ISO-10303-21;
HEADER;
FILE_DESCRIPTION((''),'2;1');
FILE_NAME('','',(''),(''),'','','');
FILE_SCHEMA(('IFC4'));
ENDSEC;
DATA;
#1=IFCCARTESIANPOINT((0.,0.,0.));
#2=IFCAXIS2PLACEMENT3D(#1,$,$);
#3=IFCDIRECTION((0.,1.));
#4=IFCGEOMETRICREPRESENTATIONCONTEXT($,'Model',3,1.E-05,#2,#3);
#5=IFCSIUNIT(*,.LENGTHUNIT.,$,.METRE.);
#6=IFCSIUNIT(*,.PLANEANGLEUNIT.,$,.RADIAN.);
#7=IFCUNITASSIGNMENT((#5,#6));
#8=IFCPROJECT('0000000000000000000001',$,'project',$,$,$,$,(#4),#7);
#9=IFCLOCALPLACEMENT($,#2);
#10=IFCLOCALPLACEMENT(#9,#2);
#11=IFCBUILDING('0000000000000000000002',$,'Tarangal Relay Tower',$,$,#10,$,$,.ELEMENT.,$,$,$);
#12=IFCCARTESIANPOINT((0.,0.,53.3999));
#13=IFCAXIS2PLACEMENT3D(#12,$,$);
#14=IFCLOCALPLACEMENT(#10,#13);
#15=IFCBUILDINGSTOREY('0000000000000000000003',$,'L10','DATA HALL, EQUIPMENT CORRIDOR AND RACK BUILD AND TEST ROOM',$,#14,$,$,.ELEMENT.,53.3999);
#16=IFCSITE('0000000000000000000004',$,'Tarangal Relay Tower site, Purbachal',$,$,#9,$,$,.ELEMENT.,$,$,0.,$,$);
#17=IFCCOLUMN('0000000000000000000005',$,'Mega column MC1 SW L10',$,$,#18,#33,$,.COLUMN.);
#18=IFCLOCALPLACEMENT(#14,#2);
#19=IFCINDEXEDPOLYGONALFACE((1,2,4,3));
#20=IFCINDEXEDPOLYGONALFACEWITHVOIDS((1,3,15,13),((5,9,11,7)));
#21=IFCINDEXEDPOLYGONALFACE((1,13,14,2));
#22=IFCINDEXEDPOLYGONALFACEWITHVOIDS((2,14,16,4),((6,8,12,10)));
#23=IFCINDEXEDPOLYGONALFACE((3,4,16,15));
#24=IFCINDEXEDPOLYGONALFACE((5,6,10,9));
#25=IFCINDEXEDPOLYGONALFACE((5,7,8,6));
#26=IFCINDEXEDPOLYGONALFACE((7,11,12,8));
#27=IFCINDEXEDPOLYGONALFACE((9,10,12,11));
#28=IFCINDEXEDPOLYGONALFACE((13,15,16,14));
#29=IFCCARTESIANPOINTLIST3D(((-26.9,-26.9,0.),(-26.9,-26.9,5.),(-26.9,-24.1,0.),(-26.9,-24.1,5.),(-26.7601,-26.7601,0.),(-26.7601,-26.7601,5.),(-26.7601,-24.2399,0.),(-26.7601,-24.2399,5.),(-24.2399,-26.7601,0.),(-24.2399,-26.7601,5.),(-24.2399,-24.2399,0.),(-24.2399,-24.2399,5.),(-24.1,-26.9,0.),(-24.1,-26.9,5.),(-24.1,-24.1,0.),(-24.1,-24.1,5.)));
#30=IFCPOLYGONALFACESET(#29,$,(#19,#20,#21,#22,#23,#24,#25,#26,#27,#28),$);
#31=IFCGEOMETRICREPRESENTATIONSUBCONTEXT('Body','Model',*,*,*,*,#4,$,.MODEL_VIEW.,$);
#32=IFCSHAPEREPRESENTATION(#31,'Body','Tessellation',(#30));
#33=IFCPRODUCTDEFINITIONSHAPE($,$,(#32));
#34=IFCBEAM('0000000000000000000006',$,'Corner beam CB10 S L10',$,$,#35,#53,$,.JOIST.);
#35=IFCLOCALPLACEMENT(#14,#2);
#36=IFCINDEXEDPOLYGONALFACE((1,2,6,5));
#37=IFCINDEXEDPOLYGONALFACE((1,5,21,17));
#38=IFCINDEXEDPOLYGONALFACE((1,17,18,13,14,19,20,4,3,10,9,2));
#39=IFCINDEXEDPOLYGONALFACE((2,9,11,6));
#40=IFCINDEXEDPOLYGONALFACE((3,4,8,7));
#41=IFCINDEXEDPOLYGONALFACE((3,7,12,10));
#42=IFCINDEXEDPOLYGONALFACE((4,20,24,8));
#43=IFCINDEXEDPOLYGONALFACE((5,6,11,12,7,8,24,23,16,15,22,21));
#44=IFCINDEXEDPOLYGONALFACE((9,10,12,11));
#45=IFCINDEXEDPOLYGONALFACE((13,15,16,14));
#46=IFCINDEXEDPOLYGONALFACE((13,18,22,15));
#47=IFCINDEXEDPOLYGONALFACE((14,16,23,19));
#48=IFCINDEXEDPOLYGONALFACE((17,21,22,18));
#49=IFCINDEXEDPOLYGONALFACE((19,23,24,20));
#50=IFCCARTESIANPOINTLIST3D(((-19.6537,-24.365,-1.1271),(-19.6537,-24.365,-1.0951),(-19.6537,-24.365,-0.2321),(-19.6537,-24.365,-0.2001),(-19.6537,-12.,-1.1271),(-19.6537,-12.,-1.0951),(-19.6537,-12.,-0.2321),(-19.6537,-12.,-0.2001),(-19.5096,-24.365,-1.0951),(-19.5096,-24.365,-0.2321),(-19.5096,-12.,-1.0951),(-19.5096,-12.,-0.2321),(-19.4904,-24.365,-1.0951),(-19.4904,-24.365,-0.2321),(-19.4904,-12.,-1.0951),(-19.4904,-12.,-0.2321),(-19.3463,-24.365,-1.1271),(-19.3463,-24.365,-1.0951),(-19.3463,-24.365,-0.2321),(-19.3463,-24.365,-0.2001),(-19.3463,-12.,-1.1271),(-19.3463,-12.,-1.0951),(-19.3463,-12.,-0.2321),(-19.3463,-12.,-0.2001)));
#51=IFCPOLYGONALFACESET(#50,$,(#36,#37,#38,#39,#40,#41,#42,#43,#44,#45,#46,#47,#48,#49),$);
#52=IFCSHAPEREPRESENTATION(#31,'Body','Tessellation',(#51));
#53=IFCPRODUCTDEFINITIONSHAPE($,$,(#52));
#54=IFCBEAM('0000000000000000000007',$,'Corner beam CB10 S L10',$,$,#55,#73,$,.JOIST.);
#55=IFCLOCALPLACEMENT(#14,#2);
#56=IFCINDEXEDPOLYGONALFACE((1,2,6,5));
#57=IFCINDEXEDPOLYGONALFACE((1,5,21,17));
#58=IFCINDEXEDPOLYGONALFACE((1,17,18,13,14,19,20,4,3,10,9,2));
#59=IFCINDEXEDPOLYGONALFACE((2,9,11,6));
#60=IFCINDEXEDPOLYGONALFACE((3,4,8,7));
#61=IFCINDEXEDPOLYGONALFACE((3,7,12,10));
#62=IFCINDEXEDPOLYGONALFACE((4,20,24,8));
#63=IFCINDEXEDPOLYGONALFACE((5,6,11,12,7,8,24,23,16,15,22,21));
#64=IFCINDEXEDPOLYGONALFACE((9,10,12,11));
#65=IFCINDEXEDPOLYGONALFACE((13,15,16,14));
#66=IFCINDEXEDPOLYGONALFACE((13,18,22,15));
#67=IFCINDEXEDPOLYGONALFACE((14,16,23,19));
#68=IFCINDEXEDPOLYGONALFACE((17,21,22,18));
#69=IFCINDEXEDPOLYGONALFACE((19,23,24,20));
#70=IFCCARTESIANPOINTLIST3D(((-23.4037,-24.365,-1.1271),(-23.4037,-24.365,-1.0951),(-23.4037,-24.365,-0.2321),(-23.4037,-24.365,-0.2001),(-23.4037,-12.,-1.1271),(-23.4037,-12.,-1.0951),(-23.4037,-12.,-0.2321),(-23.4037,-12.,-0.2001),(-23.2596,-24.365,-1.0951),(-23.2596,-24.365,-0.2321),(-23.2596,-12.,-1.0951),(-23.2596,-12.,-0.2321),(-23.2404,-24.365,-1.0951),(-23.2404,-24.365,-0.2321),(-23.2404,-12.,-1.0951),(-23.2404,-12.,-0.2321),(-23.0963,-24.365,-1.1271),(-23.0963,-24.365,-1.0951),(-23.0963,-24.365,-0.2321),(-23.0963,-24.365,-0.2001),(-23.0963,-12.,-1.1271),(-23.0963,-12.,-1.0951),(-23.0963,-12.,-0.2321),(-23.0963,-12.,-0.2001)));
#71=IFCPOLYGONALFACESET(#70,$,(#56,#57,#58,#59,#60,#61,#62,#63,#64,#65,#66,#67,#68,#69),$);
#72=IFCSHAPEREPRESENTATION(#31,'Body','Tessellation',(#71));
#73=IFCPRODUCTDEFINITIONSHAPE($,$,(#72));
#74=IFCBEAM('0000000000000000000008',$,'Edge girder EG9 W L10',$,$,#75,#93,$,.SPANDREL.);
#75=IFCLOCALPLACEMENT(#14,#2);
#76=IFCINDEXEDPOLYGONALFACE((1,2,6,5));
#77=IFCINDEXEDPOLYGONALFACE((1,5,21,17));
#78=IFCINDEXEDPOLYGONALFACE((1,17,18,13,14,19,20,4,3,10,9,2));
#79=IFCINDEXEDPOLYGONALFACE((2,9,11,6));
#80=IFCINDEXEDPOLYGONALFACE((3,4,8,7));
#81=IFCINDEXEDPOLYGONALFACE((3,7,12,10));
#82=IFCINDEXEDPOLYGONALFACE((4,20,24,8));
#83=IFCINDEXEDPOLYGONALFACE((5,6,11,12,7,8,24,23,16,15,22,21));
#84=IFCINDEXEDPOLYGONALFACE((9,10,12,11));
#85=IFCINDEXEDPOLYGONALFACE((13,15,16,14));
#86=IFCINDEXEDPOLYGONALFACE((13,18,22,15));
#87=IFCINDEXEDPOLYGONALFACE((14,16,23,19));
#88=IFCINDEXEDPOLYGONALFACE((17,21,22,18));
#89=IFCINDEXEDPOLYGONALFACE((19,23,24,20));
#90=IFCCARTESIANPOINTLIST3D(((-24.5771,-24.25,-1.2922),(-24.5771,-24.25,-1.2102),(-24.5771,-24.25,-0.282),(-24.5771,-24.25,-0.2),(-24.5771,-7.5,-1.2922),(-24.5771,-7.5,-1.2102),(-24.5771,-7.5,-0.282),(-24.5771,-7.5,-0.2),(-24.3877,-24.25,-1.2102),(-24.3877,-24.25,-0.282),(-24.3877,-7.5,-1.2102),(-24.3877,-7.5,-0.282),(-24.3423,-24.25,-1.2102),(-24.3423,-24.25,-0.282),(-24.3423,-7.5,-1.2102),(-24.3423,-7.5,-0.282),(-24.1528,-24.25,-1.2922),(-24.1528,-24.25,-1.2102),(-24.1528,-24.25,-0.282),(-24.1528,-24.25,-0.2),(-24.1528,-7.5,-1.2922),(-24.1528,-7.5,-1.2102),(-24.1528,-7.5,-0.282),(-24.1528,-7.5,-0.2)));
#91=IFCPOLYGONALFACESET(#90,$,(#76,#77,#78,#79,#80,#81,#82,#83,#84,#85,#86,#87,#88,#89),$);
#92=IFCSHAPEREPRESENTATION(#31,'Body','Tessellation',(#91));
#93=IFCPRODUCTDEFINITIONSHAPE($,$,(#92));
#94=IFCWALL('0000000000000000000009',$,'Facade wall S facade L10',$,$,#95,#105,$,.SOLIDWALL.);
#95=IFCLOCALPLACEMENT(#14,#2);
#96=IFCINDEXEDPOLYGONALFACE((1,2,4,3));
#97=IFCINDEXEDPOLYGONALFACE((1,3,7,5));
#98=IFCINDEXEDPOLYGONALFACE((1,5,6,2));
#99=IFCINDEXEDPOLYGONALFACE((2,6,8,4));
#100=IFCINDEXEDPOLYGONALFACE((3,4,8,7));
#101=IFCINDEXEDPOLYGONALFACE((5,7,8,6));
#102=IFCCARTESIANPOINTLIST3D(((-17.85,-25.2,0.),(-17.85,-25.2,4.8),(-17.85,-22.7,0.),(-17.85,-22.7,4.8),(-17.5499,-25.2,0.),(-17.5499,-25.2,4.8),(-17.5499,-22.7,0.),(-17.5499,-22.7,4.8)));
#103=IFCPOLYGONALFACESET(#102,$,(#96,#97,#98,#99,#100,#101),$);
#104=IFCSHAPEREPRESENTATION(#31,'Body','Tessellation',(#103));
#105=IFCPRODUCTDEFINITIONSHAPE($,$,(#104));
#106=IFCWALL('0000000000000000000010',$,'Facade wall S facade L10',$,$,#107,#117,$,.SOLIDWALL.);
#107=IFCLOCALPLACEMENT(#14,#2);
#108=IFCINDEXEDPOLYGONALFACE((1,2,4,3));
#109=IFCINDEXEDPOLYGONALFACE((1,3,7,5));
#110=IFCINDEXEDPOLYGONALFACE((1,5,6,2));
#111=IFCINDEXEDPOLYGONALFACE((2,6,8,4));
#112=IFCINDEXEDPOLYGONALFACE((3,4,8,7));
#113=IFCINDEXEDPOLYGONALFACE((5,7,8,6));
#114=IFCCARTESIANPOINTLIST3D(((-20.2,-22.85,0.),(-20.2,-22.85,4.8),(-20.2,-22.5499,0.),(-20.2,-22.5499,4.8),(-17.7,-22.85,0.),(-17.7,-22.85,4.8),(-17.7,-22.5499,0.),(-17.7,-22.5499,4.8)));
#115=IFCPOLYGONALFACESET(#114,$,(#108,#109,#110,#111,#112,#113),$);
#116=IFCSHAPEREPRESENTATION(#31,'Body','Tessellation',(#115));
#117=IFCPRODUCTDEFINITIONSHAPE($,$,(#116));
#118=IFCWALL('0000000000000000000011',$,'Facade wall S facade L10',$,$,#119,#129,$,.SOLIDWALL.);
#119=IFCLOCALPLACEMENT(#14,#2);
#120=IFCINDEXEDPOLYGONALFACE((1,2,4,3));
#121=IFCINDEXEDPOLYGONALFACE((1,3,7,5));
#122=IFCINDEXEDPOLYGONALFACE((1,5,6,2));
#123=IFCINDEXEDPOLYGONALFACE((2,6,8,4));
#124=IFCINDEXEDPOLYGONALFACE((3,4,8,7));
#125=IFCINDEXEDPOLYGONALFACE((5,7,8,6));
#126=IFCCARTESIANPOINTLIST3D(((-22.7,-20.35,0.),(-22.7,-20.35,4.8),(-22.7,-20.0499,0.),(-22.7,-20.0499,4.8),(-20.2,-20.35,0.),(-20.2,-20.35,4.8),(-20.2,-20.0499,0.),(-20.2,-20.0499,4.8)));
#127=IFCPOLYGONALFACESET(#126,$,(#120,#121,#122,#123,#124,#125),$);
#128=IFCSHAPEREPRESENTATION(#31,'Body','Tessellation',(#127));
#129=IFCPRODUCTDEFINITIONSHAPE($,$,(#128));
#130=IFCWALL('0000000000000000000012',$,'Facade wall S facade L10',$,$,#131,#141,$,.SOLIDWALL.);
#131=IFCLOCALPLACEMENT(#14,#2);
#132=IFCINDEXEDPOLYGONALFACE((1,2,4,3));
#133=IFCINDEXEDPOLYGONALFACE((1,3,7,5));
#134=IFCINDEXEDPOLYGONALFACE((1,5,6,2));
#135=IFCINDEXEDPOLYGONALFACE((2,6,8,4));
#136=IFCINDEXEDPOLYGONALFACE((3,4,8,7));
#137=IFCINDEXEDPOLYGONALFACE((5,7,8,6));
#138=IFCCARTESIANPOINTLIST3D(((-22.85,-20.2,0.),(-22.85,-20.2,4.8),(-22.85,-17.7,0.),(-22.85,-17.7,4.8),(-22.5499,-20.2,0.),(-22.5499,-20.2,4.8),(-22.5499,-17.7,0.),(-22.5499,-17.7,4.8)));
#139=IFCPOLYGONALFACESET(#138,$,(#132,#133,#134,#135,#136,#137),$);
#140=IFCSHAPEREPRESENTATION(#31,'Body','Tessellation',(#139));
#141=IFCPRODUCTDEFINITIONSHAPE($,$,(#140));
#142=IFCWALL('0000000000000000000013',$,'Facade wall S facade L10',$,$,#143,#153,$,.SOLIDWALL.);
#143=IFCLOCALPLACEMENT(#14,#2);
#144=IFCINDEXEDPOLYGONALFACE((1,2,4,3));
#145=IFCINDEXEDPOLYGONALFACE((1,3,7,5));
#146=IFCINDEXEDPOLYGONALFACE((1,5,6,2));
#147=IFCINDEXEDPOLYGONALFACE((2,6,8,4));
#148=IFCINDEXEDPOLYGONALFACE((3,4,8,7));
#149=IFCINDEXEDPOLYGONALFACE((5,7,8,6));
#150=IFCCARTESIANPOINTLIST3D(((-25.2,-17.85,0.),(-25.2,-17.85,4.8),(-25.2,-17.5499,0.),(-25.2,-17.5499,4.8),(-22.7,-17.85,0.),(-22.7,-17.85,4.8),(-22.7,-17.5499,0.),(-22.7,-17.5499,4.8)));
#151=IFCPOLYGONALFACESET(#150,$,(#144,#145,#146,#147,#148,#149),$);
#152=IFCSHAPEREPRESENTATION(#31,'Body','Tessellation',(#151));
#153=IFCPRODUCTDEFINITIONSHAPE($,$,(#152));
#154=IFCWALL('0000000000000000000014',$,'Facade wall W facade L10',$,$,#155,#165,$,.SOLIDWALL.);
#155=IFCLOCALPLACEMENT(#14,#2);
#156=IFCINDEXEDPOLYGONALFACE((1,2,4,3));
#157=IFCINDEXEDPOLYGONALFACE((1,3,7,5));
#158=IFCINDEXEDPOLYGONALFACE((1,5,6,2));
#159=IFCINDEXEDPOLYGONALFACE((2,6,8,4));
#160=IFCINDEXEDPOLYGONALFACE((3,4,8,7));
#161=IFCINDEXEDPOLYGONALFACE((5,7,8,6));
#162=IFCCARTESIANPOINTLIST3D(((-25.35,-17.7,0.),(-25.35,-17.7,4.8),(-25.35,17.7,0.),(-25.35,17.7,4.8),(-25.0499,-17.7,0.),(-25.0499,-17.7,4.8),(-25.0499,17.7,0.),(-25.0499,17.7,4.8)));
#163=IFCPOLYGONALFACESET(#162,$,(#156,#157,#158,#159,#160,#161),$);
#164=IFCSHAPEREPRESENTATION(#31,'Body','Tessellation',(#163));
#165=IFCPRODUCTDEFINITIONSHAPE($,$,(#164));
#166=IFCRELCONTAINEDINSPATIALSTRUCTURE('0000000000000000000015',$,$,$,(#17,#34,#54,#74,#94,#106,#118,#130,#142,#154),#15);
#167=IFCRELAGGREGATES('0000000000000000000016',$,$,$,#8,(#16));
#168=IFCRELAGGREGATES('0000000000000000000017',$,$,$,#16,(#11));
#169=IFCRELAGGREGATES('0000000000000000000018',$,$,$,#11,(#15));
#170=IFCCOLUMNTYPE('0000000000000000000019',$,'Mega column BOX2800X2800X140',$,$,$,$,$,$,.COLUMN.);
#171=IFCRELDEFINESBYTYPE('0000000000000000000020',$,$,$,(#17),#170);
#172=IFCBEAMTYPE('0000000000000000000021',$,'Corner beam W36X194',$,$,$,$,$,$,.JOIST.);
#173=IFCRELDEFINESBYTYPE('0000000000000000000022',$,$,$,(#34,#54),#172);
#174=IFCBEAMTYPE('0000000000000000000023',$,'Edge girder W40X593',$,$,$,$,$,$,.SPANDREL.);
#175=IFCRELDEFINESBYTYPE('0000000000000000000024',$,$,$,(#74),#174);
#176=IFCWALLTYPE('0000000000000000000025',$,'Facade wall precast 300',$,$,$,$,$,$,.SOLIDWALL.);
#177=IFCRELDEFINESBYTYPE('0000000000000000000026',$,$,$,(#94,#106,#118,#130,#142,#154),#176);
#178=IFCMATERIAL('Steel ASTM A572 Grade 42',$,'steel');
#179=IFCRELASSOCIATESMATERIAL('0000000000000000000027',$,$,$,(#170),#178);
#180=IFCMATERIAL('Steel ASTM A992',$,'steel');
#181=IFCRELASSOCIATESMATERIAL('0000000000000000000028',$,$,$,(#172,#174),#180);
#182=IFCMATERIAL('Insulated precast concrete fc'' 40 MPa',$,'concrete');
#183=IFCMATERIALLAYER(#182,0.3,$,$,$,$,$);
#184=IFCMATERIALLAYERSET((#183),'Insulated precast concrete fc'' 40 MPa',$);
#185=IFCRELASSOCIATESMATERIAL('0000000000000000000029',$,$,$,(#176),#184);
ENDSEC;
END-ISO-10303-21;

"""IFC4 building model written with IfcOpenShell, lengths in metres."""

from ifc_helpers import new_model, si_unit, direction, frame, frame_2d, origin, origin_2d, place, context, subcontext, project, spatial, rectangle, hollow_rectangle, i_section, extrude, material, layer, layer_set, material_profile, profile_set, type_object, element, save


model = new_model("IFC4")

# Units and contexts
model_context = context("Model", 3, precision=1e-05, world=origin(), true_north=direction((0.0, 1.0)))
body_context = subcontext(model_context, "Body", "Model", "MODEL_VIEW")
ifc_project = project(units=[si_unit("LENGTHUNIT", "METRE"), si_unit("PLANEANGLEUNIT", "RADIAN")], contexts=[model_context])

# Site, building, storey
site_placement = place(None, origin())
site = spatial("IfcSite", under=ifc_project, at=site_placement, Name="Tarangal Relay Tower site, Purbachal", CompositionType="ELEMENT", RefElevation=0.0)
building_placement = place(site_placement, origin())
building = spatial("IfcBuilding", under=site, at=building_placement, Name="Tarangal Relay Tower", CompositionType="ELEMENT")
storey_placement = place(building_placement, frame((0.0, 0.0, 53.3999)))
storey = spatial("IfcBuildingStorey", under=building, at=storey_placement, Name="L10", Description="DATA HALL, EQUIPMENT CORRIDOR AND RACK BUILD AND TEST ROOM", CompositionType="ELEMENT", Elevation=53.3999)

# Column
ifc_material_1 = material(Name="Steel ASTM A572 Grade 42", Category="steel")
ifc_material_profile_1 = material_profile(ifc_material_1, hollow_rectangle(XDim=2.8, YDim=2.8, WallThickness=0.1399, at=origin_2d()), Name="BOX2800X2800X140")
ifc_profile_set_1 = profile_set([ifc_material_profile_1], Name="Steel ASTM A572 Grade 42")
column_type = type_object("IfcColumnType", Name="Mega column BOX2800X2800X140", PredefinedType="COLUMN", material=ifc_profile_set_1)
column_placement = place(storey_placement, frame((-25.5, -25.5, 0.0), z_axis=(0.0, 0.0, 1.0), x_axis=(1.0, 0.0, 0.0)))
element("IfcColumn", 1, at=column_placement, inside=storey, type_object=column_type, Name="Mega column MC1 SW L10", PredefinedType="COLUMN", context=body_context, shape_type="SweptSolid", body=[
    extrude(hollow_rectangle(XDim=2.8, YDim=2.8, WallThickness=0.1399, at=origin_2d()), origin(), (0.0, 0.0, 1.0), 5.0),
])

# Beams
ifc_material_2 = material(Name="Steel ASTM A992", Category="steel")
ifc_material_profile_2 = material_profile(ifc_material_2, i_section(OverallWidth=0.3074, OverallDepth=0.927, WebThickness=0.0193, FlangeThickness=0.032, at=origin_2d()), Name="W36X194")
ifc_profile_set_2 = profile_set([ifc_material_profile_2], Name="Steel ASTM A992")
beam_type_1 = type_object("IfcBeamType", Name="Corner beam W36X194", PredefinedType="JOIST", material=ifc_profile_set_2)
for number, where, z_axis, x_axis, name in (
    (2, (-19.5, -12.0, -0.6636), (0.0, -1.0, 0.0), (1.0, 0.0, 0.0), "Corner beam CB10 S L10"),
    (3, (-23.25, -12.0, -0.6636), (0.0, -1.0, 0.0), (1.0, 0.0, 0.0), "Corner beam CB10 S L10"),
):
    element("IfcBeam", number, at=place(storey_placement, frame(where, z_axis=z_axis, x_axis=x_axis)), inside=storey, type_object=beam_type_1, Name=name, PredefinedType="JOIST", context=body_context, shape_type="SweptSolid", body=[
        extrude(i_section(OverallWidth=0.3074, OverallDepth=0.927, WebThickness=0.0193, FlangeThickness=0.032, at=origin_2d()), origin(), (0.0, 0.0, 1.0), 12.365),
    ])
ifc_material_profile_3 = material_profile(ifc_material_2, i_section(OverallWidth=0.4243, OverallDepth=1.0923, WebThickness=0.0454, FlangeThickness=0.082, at=origin_2d()), Name="W40X593")
ifc_profile_set_3 = profile_set([ifc_material_profile_3], Name="Steel ASTM A992")
beam_type_2 = type_object("IfcBeamType", Name="Edge girder W40X593", PredefinedType="SPANDREL", material=ifc_profile_set_3)
beam_placement = place(storey_placement, frame((-24.365, -24.25, -0.7461), z_axis=(0.0, 1.0, 0.0), x_axis=(-1.0, 0.0, 0.0)))
element("IfcBeam", 4, at=beam_placement, inside=storey, type_object=beam_type_2, Name="Edge girder EG9 W L10", PredefinedType="SPANDREL", context=body_context, shape_type="SweptSolid", body=[
    extrude(i_section(OverallWidth=0.4243, OverallDepth=1.0923, WebThickness=0.0454, FlangeThickness=0.082, at=origin_2d()), origin(), (0.0, 0.0, 1.0), 16.75),
])

# Walls
ifc_material_3 = material(Name="Insulated precast concrete fc' 40 MPa", Category="concrete")
ifc_layer_1 = layer(ifc_material_3, 0.3)
ifc_layer_set_1 = layer_set([ifc_layer_1], Name="Insulated precast concrete fc' 40 MPa")
wall_type_1 = type_object("IfcWallType", Name="Facade wall precast 300", PredefinedType="SOLIDWALL", material=ifc_layer_set_1)
for number, where, z_axis, x_axis, name in (
    (5, (-17.7, -25.2, 0.0), (0.0, 0.0, 1.0), (0.0, 1.0, 0.0), "Facade wall S facade L10"),
    (6, (-17.7, -22.7, 0.0), (0.0, 0.0, 1.0), (-1.0, 0.0, 0.0), "Facade wall S facade L10"),
):
    element("IfcWall", number, at=place(storey_placement, frame(where, z_axis=z_axis, x_axis=x_axis)), inside=storey, type_object=wall_type_1, Name=name, PredefinedType="SOLIDWALL", context=body_context, shape_type="SweptSolid", body=[
        extrude(rectangle(XDim=2.5, YDim=0.3, at=frame_2d((1.25, 0.0))), origin(), (0.0, 0.0, 1.0), 4.8),
    ])

# Walls
for number, where, z_axis, x_axis, name in (
    (7, (-20.2, -20.2, 0.0), (0.0, 0.0, 1.0), (-1.0, 0.0, 0.0), "Facade wall S facade L10"),
    (8, (-22.7, -20.2, 0.0), (0.0, 0.0, 1.0), (0.0, 1.0, 0.0), "Facade wall S facade L10"),
    (9, (-22.7, -17.7, 0.0), (0.0, 0.0, 1.0), (-1.0, 0.0, 0.0), "Facade wall S facade L10"),
):
    element("IfcWall", number, at=place(storey_placement, frame(where, z_axis=z_axis, x_axis=x_axis)), inside=storey, type_object=wall_type_1, Name=name, PredefinedType="SOLIDWALL", context=body_context, shape_type="SweptSolid", body=[
        extrude(rectangle(XDim=2.5, YDim=0.3, at=frame_2d((1.25, 0.0))), origin(), (0.0, 0.0, 1.0), 4.8),
    ])
wall_1_placement = place(storey_placement, frame((-25.2, -17.7, 0.0), z_axis=(0.0, 0.0, 1.0), x_axis=(0.0, 1.0, 0.0)))
element("IfcWall", 10, at=wall_1_placement, inside=storey, type_object=wall_type_1, Name="Facade wall W facade L10", PredefinedType="SOLIDWALL", context=body_context, shape_type="SweptSolid", body=[
    extrude(rectangle(XDim=35.3999, YDim=0.3, at=frame_2d((17.7, 0.0))), origin(), (0.0, 0.0, 1.0), 4.8),
])

save(model, "model.ifc")
